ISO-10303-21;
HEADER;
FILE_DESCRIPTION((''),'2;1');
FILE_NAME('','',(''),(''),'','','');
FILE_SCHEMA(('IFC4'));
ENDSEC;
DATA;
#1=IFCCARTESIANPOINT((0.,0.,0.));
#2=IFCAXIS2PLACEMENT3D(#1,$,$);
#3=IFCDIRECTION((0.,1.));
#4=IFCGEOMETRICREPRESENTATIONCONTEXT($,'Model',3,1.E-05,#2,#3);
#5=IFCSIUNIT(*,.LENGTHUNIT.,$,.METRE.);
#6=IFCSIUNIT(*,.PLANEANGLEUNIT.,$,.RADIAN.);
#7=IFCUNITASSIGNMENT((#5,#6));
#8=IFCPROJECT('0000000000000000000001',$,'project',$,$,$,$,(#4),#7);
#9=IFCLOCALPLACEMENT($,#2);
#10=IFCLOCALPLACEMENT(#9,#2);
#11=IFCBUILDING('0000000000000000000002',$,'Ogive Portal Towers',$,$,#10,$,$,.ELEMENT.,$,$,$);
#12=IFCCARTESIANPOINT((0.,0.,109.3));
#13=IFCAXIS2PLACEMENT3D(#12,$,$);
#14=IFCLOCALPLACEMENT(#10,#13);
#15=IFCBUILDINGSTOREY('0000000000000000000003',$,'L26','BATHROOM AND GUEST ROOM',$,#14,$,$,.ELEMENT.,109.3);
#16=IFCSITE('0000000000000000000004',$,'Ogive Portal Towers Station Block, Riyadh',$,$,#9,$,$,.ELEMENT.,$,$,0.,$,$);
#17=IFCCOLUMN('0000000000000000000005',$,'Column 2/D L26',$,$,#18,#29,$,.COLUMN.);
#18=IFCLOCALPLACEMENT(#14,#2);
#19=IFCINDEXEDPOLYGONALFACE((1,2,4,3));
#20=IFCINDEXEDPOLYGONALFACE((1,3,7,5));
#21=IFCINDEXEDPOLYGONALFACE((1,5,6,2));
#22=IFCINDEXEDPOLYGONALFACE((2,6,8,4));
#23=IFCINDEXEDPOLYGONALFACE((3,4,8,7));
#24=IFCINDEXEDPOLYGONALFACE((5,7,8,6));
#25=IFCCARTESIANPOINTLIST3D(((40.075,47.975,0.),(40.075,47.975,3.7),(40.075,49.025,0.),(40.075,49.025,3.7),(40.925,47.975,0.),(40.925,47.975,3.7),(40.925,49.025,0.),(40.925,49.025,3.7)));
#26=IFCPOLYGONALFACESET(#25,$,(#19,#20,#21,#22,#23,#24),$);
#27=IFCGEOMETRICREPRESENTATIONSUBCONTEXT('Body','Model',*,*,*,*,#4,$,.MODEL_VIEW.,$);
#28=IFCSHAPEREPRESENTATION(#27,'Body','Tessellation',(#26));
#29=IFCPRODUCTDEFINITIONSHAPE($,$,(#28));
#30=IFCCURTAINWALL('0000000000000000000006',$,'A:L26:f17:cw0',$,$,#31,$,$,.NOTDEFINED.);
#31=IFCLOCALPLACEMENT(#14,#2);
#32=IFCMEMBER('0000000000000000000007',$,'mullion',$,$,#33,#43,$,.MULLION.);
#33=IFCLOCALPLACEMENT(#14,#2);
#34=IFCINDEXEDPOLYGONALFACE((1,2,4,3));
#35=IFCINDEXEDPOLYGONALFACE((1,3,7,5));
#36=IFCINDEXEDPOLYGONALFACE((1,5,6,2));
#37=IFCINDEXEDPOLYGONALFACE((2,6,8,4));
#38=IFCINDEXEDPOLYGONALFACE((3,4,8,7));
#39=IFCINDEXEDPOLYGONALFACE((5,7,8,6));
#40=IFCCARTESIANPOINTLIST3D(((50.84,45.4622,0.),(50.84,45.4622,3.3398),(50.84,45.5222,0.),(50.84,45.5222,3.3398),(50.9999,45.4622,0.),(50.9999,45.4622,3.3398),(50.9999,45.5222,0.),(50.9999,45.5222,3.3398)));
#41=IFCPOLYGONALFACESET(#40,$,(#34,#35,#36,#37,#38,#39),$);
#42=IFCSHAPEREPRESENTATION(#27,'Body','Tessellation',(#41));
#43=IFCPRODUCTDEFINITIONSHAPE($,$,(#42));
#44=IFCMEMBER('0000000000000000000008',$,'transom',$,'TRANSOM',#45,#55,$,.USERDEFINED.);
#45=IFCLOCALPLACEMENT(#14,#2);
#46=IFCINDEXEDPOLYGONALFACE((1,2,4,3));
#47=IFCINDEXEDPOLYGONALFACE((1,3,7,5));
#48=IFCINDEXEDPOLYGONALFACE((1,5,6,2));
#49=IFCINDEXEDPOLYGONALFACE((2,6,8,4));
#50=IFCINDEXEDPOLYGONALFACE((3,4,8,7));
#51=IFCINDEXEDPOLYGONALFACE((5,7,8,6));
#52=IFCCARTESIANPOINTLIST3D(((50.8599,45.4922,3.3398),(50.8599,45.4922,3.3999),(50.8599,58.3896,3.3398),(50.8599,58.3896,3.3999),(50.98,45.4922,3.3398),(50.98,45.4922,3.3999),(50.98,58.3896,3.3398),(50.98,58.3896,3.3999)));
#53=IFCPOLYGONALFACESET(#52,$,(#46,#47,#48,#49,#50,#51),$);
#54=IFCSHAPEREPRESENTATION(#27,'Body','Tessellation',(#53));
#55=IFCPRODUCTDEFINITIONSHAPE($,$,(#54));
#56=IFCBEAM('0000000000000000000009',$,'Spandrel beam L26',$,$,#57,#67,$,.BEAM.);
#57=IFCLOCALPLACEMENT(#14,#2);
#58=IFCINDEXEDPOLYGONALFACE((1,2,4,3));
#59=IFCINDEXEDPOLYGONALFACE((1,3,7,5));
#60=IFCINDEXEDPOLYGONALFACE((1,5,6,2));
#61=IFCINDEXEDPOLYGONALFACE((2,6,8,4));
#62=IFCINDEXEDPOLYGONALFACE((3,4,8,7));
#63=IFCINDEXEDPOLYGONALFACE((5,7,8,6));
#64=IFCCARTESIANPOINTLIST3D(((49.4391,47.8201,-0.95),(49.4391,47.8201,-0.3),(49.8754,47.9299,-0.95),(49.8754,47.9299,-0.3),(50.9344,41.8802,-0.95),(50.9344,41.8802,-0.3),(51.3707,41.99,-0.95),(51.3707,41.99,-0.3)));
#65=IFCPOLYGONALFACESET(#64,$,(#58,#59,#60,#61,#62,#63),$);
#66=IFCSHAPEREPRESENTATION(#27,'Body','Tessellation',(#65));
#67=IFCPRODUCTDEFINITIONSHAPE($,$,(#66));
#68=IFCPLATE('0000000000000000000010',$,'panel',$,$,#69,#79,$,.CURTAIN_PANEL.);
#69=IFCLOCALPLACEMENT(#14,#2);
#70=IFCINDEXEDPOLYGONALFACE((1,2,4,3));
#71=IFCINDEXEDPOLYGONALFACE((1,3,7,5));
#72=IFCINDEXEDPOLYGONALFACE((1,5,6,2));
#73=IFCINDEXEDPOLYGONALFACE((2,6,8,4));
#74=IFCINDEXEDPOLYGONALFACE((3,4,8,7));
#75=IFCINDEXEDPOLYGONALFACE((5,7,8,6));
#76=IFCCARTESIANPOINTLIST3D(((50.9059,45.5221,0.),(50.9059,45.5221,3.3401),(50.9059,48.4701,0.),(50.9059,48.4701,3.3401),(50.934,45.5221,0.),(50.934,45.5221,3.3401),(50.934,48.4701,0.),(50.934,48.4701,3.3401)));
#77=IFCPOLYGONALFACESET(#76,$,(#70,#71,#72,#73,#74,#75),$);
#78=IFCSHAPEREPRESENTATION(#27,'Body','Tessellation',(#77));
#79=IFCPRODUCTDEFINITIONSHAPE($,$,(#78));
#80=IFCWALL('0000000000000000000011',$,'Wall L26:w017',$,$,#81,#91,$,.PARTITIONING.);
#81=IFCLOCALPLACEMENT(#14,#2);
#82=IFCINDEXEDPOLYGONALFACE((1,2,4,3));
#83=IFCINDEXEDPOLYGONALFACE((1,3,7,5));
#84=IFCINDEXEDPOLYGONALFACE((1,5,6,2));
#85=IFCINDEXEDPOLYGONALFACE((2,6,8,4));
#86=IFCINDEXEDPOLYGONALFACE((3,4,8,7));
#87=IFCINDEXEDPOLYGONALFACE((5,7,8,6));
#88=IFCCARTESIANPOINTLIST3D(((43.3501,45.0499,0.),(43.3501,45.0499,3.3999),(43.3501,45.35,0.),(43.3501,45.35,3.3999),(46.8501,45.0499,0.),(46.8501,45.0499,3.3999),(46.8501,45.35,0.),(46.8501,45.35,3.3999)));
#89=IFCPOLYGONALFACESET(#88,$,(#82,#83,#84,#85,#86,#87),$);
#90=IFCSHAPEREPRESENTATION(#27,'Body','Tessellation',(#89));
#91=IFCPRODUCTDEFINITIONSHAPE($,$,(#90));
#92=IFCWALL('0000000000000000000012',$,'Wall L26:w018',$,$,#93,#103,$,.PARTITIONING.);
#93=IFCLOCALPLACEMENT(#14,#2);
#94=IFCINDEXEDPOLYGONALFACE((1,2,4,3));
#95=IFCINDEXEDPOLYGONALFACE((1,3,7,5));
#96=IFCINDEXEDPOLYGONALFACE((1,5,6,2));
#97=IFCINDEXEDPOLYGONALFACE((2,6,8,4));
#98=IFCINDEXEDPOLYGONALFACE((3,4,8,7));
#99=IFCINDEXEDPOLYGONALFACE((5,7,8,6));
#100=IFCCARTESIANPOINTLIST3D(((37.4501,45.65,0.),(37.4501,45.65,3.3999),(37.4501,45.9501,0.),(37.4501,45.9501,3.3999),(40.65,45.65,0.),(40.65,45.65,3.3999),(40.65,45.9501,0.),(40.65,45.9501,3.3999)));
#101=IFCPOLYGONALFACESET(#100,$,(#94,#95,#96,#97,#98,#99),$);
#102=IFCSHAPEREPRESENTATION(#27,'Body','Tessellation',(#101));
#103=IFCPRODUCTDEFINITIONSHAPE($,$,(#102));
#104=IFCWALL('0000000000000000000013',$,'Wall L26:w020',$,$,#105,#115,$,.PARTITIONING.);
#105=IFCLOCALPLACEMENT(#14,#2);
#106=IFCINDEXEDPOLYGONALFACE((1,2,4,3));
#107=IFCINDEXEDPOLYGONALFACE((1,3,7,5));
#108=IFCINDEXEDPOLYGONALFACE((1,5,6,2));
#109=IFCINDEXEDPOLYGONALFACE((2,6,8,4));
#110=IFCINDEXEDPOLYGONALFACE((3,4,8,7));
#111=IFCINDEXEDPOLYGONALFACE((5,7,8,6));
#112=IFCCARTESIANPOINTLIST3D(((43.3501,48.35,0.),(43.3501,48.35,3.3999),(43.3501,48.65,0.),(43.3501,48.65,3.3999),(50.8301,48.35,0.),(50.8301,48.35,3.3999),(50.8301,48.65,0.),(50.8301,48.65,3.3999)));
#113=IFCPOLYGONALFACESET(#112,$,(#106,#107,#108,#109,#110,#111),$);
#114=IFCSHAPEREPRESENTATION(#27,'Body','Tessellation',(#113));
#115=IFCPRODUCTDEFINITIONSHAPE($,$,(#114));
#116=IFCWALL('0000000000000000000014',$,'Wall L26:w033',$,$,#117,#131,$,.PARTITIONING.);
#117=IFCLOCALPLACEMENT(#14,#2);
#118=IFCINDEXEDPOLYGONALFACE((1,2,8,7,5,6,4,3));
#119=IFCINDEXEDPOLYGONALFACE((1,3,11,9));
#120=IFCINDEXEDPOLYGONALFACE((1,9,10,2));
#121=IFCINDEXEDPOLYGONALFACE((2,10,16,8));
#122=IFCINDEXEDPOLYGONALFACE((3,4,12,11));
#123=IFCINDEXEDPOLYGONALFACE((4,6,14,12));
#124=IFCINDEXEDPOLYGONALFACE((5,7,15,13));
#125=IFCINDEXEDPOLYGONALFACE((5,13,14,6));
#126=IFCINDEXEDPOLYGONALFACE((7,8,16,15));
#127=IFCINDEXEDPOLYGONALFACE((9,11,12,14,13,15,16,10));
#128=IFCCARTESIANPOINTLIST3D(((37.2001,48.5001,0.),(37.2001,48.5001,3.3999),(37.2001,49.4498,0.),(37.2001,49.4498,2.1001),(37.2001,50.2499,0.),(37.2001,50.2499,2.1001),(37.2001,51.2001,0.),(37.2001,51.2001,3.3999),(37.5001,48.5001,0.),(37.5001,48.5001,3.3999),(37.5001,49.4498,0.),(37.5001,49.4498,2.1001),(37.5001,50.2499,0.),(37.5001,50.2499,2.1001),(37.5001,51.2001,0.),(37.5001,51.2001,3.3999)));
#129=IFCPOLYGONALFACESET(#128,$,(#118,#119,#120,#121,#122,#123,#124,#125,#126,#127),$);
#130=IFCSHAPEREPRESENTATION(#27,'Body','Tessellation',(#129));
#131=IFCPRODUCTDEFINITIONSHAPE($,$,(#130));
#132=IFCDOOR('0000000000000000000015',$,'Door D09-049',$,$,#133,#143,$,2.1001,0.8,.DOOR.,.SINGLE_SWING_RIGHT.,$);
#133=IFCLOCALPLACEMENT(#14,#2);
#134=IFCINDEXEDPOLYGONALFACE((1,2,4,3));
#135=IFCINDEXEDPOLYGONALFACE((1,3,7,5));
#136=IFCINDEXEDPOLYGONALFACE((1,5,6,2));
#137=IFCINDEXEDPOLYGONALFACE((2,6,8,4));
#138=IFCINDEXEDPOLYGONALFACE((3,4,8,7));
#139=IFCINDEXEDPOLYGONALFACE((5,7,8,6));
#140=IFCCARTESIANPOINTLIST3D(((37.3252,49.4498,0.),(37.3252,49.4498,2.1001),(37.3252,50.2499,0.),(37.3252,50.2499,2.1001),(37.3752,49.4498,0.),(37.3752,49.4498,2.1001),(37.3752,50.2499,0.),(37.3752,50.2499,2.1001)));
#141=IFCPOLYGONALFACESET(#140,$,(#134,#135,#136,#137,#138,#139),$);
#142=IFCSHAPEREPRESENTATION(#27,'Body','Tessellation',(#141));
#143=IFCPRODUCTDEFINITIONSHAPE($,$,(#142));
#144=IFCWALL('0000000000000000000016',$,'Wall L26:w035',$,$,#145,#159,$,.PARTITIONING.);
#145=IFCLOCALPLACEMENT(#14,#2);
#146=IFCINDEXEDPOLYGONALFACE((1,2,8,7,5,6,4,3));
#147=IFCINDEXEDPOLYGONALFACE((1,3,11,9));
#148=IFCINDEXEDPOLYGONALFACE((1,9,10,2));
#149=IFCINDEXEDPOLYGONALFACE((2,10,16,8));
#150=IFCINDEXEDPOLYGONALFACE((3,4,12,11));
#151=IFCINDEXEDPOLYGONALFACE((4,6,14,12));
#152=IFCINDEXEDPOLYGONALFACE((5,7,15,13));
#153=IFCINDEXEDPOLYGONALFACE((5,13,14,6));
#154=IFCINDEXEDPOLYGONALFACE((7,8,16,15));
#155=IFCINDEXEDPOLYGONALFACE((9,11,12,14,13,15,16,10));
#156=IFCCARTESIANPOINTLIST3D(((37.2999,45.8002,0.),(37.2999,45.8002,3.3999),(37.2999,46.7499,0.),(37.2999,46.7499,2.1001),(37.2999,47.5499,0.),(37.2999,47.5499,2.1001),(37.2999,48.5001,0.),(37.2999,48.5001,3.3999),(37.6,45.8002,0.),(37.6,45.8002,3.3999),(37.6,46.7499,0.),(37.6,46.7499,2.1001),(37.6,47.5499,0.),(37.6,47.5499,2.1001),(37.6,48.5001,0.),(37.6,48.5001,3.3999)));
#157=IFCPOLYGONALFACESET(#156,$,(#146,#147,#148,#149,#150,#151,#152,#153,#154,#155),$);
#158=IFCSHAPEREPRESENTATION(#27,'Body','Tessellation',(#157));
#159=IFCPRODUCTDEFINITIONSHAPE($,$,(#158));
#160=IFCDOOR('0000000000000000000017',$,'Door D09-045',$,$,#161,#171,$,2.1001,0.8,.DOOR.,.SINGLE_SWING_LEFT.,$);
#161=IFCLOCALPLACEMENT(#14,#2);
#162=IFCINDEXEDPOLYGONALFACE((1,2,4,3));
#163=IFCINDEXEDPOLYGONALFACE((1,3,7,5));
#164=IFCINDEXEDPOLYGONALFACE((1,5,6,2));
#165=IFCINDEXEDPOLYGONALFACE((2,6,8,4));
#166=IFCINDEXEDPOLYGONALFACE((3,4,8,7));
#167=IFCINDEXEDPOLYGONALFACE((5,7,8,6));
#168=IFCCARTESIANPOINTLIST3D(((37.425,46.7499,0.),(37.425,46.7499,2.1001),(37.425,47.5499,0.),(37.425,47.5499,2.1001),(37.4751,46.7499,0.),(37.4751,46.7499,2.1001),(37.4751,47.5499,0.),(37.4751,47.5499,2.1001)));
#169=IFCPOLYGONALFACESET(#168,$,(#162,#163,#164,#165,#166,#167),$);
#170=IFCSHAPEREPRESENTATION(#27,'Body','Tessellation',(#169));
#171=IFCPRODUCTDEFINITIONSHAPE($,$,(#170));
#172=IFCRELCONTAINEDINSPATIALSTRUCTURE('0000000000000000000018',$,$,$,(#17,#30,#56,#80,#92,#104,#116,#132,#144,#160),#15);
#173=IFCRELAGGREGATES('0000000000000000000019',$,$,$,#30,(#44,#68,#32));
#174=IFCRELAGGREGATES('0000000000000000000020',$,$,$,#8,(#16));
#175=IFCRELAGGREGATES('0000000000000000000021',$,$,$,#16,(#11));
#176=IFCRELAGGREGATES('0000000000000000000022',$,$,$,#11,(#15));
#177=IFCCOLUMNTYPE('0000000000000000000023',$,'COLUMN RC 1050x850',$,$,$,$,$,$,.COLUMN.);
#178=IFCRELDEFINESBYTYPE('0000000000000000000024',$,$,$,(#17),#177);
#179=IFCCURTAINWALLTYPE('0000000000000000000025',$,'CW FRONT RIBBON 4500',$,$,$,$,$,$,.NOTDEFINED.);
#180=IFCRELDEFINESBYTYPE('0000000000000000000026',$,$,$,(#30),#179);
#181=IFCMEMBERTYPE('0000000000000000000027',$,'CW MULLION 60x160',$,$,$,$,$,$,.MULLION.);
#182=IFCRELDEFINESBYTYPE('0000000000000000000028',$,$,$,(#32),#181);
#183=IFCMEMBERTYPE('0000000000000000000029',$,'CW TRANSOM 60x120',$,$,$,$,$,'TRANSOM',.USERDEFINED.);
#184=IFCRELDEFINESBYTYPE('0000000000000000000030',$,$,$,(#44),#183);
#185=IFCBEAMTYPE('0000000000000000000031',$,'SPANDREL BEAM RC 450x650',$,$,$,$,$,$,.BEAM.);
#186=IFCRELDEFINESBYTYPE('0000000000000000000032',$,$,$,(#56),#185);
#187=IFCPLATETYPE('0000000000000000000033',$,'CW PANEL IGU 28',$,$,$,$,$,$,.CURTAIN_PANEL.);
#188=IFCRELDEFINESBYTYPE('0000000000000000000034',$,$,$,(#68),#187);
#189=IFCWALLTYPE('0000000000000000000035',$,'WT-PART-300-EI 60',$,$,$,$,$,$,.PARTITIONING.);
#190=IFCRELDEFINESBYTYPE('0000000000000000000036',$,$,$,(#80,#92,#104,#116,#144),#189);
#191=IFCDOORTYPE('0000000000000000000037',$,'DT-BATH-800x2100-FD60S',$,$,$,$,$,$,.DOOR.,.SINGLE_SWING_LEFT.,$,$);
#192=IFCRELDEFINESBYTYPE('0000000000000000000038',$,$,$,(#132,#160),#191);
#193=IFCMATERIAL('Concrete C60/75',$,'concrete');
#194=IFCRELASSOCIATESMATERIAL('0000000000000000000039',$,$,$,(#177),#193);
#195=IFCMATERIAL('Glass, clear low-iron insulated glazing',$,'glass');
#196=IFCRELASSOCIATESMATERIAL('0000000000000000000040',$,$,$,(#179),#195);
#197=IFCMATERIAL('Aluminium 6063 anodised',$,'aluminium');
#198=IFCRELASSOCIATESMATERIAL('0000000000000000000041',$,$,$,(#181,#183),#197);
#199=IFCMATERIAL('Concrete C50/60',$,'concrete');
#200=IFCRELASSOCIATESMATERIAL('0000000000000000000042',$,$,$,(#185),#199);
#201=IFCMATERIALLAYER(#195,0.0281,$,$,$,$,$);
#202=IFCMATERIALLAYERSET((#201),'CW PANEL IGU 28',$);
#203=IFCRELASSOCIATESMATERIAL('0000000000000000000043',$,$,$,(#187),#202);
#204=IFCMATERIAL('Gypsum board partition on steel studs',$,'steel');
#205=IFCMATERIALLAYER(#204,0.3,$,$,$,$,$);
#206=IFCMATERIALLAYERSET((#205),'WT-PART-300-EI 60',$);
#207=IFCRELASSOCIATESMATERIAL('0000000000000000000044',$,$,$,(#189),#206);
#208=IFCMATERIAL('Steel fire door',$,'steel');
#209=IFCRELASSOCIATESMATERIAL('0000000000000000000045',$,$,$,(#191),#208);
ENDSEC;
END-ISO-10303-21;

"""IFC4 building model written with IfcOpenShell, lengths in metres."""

from ifc_helpers import new_model, si_unit, direction, frame, frame_2d, origin, origin_2d, place, context, subcontext, project, spatial, rectangle, extrude, material, layer, layer_set, material_profile, profile_set, type_object, element, fill, aggregate, save


model = new_model("IFC4")

# Units and contexts
model_context = context("Model", 3, precision=1e-05, world=origin(), true_north=direction((0.0, 1.0)))
body_context = subcontext(model_context, "Body", "Model", "MODEL_VIEW")
ifc_project = project(units=[si_unit("LENGTHUNIT", "METRE"), si_unit("PLANEANGLEUNIT", "RADIAN")], contexts=[model_context])

# Site, building, storey
site_placement = place(None, origin())
site = spatial("IfcSite", under=ifc_project, at=site_placement, Name="Ogive Portal Towers Station Block, Riyadh", CompositionType="ELEMENT", RefElevation=0.0)
building_placement = place(site_placement, origin())
building = spatial("IfcBuilding", under=site, at=building_placement, Name="Ogive Portal Towers", CompositionType="ELEMENT")
storey_placement = place(building_placement, frame((0.0, 0.0, 109.3)))
storey = spatial("IfcBuildingStorey", under=building, at=storey_placement, Name="L26", Description="BATHROOM AND GUEST ROOM", CompositionType="ELEMENT", Elevation=109.3)

# Column
ifc_material_1 = material(Name="Concrete C60/75", Category="concrete")
ifc_material_profile_1 = material_profile(ifc_material_1, rectangle(XDim=1.05, YDim=0.8501, at=origin_2d()), Name="RC 1050x850")
ifc_profile_set_1 = profile_set([ifc_material_profile_1], Name="Concrete C60/75")
column_type = type_object("IfcColumnType", Name="COLUMN RC 1050x850", PredefinedType="COLUMN", material=ifc_profile_set_1)
column_placement = place(storey_placement, frame((40.5, 48.5, 0.0), z_axis=(0.0, 0.0, 1.0), x_axis=(0.0, 1.0, 0.0)))
element("IfcColumn", 1, at=column_placement, inside=storey, type_object=column_type, Name="Column 2/D L26", PredefinedType="COLUMN", context=body_context, shape_type="SweptSolid", body=[
    extrude(rectangle(XDim=1.05, YDim=0.8501, at=origin_2d()), origin(), (0.0, 0.0, 1.0), 3.7),
])

# Curtain wall, members
ifc_material_2 = material(Name="Glass, clear low-iron insulated glazing", Category="glass")
curtain_wall_type = type_object("IfcCurtainWallType", Name="CW FRONT RIBBON 4500", PredefinedType="NOTDEFINED", material=ifc_material_2)
curtain_wall_placement = place(storey_placement, origin())
curtain_wall = element("IfcCurtainWall", 2, at=curtain_wall_placement, inside=storey, type_object=curtain_wall_type, Name="A:L26:f17:cw0", PredefinedType="NOTDEFINED")
ifc_material_3 = material(Name="Aluminium 6063 anodised", Category="aluminium")
ifc_material_profile_2 = material_profile(ifc_material_3, rectangle(XDim=0.1599, YDim=0.0601, at=origin_2d()), Name="AL 60x160")
ifc_profile_set_2 = profile_set([ifc_material_profile_2], Name="Aluminium 6063 anodised")
member_type_1 = type_object("IfcMemberType", Name="CW MULLION 60x160", PredefinedType="MULLION", material=ifc_profile_set_2)
member_1_placement = place(storey_placement, frame((50.9199, 45.4922, 0.0), z_axis=(0.0, 0.0, 1.0), x_axis=(-1.0, 0.0, 0.0)))
member_1 = element("IfcMember", 3, at=member_1_placement, type_object=member_type_1, Name="mullion", PredefinedType="MULLION", context=body_context, shape_type="SweptSolid", body=[
    extrude(rectangle(XDim=0.1599, YDim=0.0601, at=origin_2d()), origin(), (0.0, 0.0, 1.0), 3.3398),
])
ifc_material_profile_3 = material_profile(ifc_material_3, rectangle(XDim=0.1201, YDim=0.0601, at=origin_2d()), Name="AL 120x60")
ifc_profile_set_3 = profile_set([ifc_material_profile_3], Name="Aluminium 6063 anodised")
member_type_2 = type_object("IfcMemberType", Name="CW TRANSOM 60x120", ElementType="TRANSOM", PredefinedType="USERDEFINED", material=ifc_profile_set_3)
member_2_placement = place(storey_placement, frame((50.9199, 45.4922, 3.3699), z_axis=(0.0, 1.0, 0.0), x_axis=(-1.0, 0.0, 0.0)))
member_2 = element("IfcMember", 4, at=member_2_placement, type_object=member_type_2, Name="transom", ObjectType="TRANSOM", PredefinedType="USERDEFINED", context=body_context, shape_type="SweptSolid", body=[
    extrude(rectangle(XDim=0.1201, YDim=0.0601, at=origin_2d()), origin(), (0.0, 0.0, 1.0), 12.8975),
])

# Beam
ifc_material_4 = material(Name="Concrete C50/60", Category="concrete")
ifc_material_profile_4 = material_profile(ifc_material_4, rectangle(XDim=0.45, YDim=0.6499, at=origin_2d()), Name="RC 450x650")
ifc_profile_set_4 = profile_set([ifc_material_profile_4], Name="Concrete C50/60")
beam_type = type_object("IfcBeamType", Name="SPANDREL BEAM RC 450x650", PredefinedType="BEAM", material=ifc_profile_set_4)
beam_placement = place(storey_placement, frame((49.6572, 47.875, -0.625), z_axis=(0.24413, -0.969743, 0.0), x_axis=(0.969743, 0.24413, 0.0)))
element("IfcBeam", 5, at=beam_placement, inside=storey, type_object=beam_type, Name="Spandrel beam L26", PredefinedType="BEAM", context=body_context, shape_type="SweptSolid", body=[
    extrude(rectangle(XDim=0.45, YDim=0.6499, at=origin_2d()), origin(), (0.0, 0.0, 1.0), 6.1252),
])

# Plate
ifc_layer_1 = layer(ifc_material_2, 0.0281)
ifc_layer_set_1 = layer_set([ifc_layer_1], Name="CW PANEL IGU 28")
plate_type = type_object("IfcPlateType", Name="CW PANEL IGU 28", PredefinedType="CURTAIN_PANEL", material=ifc_layer_set_1)
plate_placement = place(storey_placement, frame((50.9199, 46.9961, 0.0), z_axis=(0.0, 0.0, 1.0), x_axis=(0.0, 1.0, 0.0)))
plate = element("IfcPlate", 6, at=plate_placement, type_object=plate_type, Name="panel", PredefinedType="CURTAIN_PANEL", context=body_context, shape_type="SweptSolid", body=[
    extrude(rectangle(XDim=2.948, YDim=0.0281, at=origin_2d()), origin(), (0.0, 0.0, 1.0), 3.3401),
])
aggregate(curtain_wall, [member_2, plate, member_1])

# Walls
ifc_material_5 = material(Name="Gypsum board partition on steel studs", Category="steel")
ifc_layer_2 = layer(ifc_material_5, 0.3)
ifc_layer_set_2 = layer_set([ifc_layer_2], Name="WT-PART-300-EI 60")
wall_type_1 = type_object("IfcWallType", Name="WT-PART-300-EI 60", PredefinedType="PARTITIONING", material=ifc_layer_set_2)
wall_1_placement = place(storey_placement, frame((43.3501, 45.2, 0.0), z_axis=(0.0, 0.0, 1.0), x_axis=(1.0, 0.0, 0.0)))
element("IfcWall", 7, at=wall_1_placement, inside=storey, type_object=wall_type_1, Name="Wall L26:w017", PredefinedType="PARTITIONING", context=body_context, shape_type="SweptSolid", body=[
    extrude(rectangle(XDim=3.5, YDim=0.3, at=frame_2d((1.75, 0.0))), origin(), (0.0, 0.0, 1.0), 3.3999),
])
wall_2_placement = place(storey_placement, frame((37.45, 45.8, 0.0), z_axis=(0.0, 0.0, 1.0), x_axis=(1.0, 0.0, 0.0)))
element("IfcWall", 8, at=wall_2_placement, inside=storey, type_object=wall_type_1, Name="Wall L26:w018", PredefinedType="PARTITIONING", context=body_context, shape_type="SweptSolid", body=[
    extrude(rectangle(XDim=3.2, YDim=0.3, at=frame_2d((1.6001, 0.0))), origin(), (0.0, 0.0, 1.0), 3.3999),
])
wall_3_placement = place(storey_placement, frame((43.3501, 48.5, 0.0), z_axis=(0.0, 0.0, 1.0), x_axis=(1.0, 0.0, 0.0)))
element("IfcWall", 9, at=wall_3_placement, inside=storey, type_object=wall_type_1, Name="Wall L26:w020", PredefinedType="PARTITIONING", context=body_context, shape_type="SweptSolid", body=[
    extrude(rectangle(XDim=7.48, YDim=0.3, at=frame_2d((3.74, 0.0))), origin(), (0.0, 0.0, 1.0), 3.3999),
])

# Walls, openings, doors
wall_4_placement = place(storey_placement, frame((37.3501, 48.5, 0.0), z_axis=(0.0, 0.0, 1.0), x_axis=(0.0, 1.0, 0.0)))
wall_4 = element("IfcWall", 10, at=wall_4_placement, inside=storey, type_object=wall_type_1, Name="Wall L26:w033", PredefinedType="PARTITIONING", context=body_context, shape_type="SweptSolid", body=[
    extrude(rectangle(XDim=2.7, YDim=0.3, at=frame_2d((1.3501, 0.0))), origin(), (0.0, 0.0, 1.0), 3.3999),
])
opening_1_placement = place(wall_4_placement, frame((0.95, 0.0, 0.0)))
opening_1 = element("IfcOpeningElement", 11, at=opening_1_placement, cuts=wall_4, PredefinedType="OPENING", context=body_context, shape_type="SweptSolid", body=[
    extrude(rectangle(XDim=0.8, YDim=2.1001, at=frame_2d((0.3999, 1.05))), frame((0.0, 0.1602, 0.0), z_axis=(0.0, -1.0, 0.0), x_axis=(1.0, 0.0, 0.0)), (0.0, 0.0, 1.0), 0.3201),
])
ifc_material_6 = material(Name="Steel fire door", Category="steel")
door_type_1 = type_object("IfcDoorType", Name="DT-BATH-800x2100-FD60S", OperationType="SINGLE_SWING_LEFT", PredefinedType="DOOR", material=ifc_material_6)
door_1_placement = place(opening_1_placement, origin())
door_1 = element("IfcDoor", 12, at=door_1_placement, inside=storey, type_object=door_type_1, Name="Door D09-049", OperationType="SINGLE_SWING_RIGHT", OverallHeight=2.1001, OverallWidth=0.8, PredefinedType="DOOR", context=body_context, shape_type="SweptSolid", body=[
    extrude(rectangle(XDim=0.8, YDim=2.1001, at=frame_2d((0.3999, 1.05))), frame((0.0, 0.0249, 0.0), z_axis=(0.0, -1.0, 0.0), x_axis=(1.0, 0.0, 0.0)), (0.0, 0.0, 1.0), 0.05),
])
fill(opening_1, door_1)
wall_5_placement = place(storey_placement, frame((37.45, 45.8, 0.0), z_axis=(0.0, 0.0, 1.0), x_axis=(0.0, 1.0, 0.0)))
wall_5 = element("IfcWall", 13, at=wall_5_placement, inside=storey, type_object=wall_type_1, Name="Wall L26:w035", PredefinedType="PARTITIONING", context=body_context, shape_type="SweptSolid", body=[
    extrude(rectangle(XDim=2.7, YDim=0.3, at=frame_2d((1.3501, 0.0))), origin(), (0.0, 0.0, 1.0), 3.3999),
])
opening_2_placement = place(wall_5_placement, frame((0.95, 0.0, 0.0)))
opening_2 = element("IfcOpeningElement", 14, at=opening_2_placement, cuts=wall_5, PredefinedType="OPENING", context=body_context, shape_type="SweptSolid", body=[
    extrude(rectangle(XDim=0.8, YDim=2.1001, at=frame_2d((0.3999, 1.05))), frame((0.0, 0.1602, 0.0), z_axis=(0.0, -1.0, 0.0), x_axis=(1.0, 0.0, 0.0)), (0.0, 0.0, 1.0), 0.3201),
])
door_2_placement = place(opening_2_placement, origin())
door_2 = element("IfcDoor", 15, at=door_2_placement, inside=storey, type_object=door_type_1, Name="Door D09-045", OperationType="SINGLE_SWING_LEFT", OverallHeight=2.1001, OverallWidth=0.8, PredefinedType="DOOR", context=body_context, shape_type="SweptSolid", body=[
    extrude(rectangle(XDim=0.8, YDim=2.1001, at=frame_2d((0.3999, 1.05))), frame((0.0, 0.0249, 0.0), z_axis=(0.0, -1.0, 0.0), x_axis=(1.0, 0.0, 0.0)), (0.0, 0.0, 1.0), 0.05),
])
fill(opening_2, door_2)

save(model, "model.ifc")
